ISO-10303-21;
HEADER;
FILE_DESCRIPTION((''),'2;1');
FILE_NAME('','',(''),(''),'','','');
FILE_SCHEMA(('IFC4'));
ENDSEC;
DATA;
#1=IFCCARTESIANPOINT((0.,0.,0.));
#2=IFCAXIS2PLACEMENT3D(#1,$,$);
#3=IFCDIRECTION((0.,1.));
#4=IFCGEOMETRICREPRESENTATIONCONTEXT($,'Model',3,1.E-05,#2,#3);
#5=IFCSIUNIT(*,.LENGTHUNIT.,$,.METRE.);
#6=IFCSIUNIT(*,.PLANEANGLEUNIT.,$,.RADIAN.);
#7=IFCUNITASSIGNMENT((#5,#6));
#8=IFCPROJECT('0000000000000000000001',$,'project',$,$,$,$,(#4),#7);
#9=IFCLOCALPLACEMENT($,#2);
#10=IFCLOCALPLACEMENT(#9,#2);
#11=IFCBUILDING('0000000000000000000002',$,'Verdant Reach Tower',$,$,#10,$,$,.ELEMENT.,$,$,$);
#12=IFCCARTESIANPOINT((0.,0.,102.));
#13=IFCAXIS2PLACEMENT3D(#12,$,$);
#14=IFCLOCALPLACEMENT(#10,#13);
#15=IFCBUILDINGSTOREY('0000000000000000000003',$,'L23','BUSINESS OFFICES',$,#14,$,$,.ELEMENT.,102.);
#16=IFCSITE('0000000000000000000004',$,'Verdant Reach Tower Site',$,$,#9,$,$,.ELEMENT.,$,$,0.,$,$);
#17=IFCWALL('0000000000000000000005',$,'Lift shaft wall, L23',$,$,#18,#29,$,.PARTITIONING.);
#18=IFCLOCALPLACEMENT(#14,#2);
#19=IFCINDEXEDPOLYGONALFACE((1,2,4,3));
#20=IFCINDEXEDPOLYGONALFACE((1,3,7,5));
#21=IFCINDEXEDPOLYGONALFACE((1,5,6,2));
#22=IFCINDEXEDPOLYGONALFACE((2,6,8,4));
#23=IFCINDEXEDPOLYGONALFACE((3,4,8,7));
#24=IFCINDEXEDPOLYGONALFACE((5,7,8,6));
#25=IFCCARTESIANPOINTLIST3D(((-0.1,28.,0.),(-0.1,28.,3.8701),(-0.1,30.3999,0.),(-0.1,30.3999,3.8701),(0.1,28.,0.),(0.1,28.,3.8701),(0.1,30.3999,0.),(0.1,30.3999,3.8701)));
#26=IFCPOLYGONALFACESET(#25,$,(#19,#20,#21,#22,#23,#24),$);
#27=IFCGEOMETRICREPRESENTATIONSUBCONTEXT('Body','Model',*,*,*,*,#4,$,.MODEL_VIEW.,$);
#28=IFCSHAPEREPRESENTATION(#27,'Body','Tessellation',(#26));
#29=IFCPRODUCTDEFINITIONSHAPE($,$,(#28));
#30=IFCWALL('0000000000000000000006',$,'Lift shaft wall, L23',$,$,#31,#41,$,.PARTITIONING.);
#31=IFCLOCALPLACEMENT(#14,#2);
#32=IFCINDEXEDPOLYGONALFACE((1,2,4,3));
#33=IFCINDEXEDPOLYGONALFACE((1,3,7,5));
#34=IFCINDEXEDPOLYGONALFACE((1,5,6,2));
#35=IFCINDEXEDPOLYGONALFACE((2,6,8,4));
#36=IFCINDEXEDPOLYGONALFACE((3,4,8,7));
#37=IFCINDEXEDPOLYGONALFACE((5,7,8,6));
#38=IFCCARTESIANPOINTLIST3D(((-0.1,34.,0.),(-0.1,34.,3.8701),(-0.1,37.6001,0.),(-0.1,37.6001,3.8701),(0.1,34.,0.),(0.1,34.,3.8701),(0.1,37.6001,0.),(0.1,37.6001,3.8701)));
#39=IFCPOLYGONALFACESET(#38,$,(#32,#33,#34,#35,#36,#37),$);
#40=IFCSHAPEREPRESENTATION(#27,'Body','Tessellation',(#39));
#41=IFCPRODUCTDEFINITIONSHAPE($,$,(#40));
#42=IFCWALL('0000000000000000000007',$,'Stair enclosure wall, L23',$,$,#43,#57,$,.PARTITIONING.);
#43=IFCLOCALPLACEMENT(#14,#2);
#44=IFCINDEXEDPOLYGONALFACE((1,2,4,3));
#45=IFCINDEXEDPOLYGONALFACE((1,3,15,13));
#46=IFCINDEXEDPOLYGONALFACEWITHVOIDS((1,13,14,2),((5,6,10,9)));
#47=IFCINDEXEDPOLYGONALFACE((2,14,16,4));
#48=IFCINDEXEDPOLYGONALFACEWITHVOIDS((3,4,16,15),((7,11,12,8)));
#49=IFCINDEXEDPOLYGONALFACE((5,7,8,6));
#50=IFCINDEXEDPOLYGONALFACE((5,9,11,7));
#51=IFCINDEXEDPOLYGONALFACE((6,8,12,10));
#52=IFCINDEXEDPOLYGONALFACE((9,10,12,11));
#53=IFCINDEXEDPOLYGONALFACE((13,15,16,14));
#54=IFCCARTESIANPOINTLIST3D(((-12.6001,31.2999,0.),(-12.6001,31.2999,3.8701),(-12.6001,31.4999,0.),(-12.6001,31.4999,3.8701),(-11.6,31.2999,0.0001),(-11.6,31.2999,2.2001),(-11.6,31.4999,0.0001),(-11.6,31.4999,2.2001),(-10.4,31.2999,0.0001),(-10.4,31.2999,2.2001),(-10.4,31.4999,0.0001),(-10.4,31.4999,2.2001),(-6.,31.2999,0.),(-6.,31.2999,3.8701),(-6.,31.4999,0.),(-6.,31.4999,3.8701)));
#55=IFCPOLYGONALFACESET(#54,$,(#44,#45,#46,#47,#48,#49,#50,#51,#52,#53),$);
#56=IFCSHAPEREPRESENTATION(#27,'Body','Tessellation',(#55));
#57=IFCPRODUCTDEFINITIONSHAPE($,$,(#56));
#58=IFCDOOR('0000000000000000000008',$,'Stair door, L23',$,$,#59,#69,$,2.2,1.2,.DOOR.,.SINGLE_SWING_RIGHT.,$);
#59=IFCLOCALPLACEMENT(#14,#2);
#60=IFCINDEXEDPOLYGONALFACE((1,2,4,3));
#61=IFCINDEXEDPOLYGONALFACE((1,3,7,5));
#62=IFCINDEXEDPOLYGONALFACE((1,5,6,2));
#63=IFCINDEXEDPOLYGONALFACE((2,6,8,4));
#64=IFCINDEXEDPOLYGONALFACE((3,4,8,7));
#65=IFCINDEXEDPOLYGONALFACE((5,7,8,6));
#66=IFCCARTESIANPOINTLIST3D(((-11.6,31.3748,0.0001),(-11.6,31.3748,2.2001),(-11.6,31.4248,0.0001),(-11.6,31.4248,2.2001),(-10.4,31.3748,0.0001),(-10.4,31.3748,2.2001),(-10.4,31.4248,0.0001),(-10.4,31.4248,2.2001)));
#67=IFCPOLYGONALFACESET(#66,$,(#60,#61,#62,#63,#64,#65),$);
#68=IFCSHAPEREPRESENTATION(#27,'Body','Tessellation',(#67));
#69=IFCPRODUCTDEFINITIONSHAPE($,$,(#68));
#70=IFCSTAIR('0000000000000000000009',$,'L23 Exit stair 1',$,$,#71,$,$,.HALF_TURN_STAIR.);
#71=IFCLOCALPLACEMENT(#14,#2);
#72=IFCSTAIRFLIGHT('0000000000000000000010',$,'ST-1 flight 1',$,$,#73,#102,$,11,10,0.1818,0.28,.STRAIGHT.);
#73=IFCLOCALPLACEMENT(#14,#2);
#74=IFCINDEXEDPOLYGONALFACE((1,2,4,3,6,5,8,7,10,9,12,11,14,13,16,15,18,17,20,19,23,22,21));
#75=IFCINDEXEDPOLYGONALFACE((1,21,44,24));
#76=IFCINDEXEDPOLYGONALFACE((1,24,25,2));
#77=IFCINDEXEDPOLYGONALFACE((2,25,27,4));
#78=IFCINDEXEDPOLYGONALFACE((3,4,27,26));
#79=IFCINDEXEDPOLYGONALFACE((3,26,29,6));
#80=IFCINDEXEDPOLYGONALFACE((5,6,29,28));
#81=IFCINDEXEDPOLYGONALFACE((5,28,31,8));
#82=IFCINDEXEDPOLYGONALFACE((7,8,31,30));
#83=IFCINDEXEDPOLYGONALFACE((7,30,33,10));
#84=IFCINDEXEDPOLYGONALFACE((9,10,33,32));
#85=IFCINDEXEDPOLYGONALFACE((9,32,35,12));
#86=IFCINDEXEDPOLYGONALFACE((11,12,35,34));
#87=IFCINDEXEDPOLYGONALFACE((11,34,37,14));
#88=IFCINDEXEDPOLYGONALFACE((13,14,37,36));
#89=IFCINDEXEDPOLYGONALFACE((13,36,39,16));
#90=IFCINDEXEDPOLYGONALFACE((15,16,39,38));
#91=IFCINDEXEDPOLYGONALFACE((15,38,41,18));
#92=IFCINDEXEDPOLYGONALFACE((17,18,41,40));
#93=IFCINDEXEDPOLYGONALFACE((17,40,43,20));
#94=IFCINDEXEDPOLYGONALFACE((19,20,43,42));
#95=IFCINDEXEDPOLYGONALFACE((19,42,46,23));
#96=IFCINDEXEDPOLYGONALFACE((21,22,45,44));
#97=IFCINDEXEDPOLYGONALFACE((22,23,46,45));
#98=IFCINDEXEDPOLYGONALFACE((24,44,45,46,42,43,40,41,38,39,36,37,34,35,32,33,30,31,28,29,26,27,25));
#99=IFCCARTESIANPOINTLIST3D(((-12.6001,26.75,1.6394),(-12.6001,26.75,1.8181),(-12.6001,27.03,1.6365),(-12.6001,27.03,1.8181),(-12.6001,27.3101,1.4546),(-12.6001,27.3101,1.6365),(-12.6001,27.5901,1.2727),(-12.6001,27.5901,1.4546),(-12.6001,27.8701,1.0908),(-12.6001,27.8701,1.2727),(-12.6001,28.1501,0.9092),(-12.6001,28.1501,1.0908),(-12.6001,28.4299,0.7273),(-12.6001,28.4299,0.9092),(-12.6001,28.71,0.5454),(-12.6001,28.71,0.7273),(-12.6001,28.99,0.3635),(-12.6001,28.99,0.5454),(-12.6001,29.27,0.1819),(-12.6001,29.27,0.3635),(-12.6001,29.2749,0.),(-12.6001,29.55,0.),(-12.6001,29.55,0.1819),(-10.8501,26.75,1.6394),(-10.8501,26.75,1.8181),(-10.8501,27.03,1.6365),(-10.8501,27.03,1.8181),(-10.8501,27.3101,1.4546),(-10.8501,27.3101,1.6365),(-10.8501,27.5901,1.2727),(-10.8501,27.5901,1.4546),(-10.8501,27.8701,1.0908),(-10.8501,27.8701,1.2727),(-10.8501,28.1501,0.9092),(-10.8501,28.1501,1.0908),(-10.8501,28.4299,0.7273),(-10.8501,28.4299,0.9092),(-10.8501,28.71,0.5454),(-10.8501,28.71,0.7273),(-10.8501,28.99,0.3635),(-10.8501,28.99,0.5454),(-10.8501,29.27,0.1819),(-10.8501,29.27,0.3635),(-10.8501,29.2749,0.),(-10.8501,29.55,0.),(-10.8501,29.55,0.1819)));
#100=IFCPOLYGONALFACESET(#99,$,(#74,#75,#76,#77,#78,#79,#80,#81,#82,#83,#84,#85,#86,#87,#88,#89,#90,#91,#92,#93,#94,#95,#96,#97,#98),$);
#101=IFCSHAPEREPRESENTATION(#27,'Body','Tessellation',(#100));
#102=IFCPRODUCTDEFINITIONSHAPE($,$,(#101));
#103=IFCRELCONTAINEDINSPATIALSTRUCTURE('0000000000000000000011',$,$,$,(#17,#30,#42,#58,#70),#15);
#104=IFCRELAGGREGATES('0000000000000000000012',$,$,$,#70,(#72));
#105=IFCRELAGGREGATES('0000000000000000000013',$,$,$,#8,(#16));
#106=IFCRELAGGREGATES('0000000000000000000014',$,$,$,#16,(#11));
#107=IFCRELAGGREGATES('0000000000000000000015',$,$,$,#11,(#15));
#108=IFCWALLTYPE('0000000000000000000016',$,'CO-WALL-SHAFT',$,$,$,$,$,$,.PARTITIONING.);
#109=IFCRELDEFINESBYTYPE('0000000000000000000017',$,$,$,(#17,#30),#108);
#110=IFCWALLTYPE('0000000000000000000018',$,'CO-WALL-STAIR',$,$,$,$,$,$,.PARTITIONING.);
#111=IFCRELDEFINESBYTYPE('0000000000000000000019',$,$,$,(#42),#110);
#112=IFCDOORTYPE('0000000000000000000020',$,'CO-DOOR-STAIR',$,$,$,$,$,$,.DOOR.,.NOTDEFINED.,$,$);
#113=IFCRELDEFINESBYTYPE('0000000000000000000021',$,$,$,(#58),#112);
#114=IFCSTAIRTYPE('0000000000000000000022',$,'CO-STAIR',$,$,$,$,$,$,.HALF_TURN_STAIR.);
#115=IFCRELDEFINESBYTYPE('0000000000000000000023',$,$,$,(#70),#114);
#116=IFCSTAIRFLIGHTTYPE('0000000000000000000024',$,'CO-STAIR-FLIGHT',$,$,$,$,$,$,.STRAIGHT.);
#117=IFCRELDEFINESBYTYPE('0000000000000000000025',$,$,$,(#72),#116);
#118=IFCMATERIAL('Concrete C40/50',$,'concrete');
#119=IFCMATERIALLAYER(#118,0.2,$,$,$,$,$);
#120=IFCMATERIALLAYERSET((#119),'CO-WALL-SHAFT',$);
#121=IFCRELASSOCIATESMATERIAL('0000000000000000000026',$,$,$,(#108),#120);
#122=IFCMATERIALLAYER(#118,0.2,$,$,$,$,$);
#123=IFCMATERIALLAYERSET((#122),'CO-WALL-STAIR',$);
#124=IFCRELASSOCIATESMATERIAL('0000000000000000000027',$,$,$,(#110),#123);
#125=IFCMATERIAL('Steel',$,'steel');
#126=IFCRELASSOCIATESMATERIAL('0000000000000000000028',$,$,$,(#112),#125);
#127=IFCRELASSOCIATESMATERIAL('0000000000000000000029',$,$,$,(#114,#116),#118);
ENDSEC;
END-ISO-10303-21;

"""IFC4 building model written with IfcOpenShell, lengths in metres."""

from ifc_helpers import new_model, si_unit, direction, frame, frame_2d, origin, place, context, subcontext, project, spatial, polyline, rectangle, outline, extrude, material, layer, layer_set, type_object, element, fill, aggregate, save


model = new_model("IFC4")

# Units and contexts
model_context = context("Model", 3, precision=1e-05, world=origin(), true_north=direction((0.0, 1.0)))
body_context = subcontext(model_context, "Body", "Model", "MODEL_VIEW")
ifc_project = project(units=[si_unit("LENGTHUNIT", "METRE"), si_unit("PLANEANGLEUNIT", "RADIAN")], contexts=[model_context])

# Site, building, storey
site_placement = place(None, origin())
site = spatial("IfcSite", under=ifc_project, at=site_placement, Name="Verdant Reach Tower Site", CompositionType="ELEMENT", RefElevation=0.0)
building_placement = place(site_placement, origin())
building = spatial("IfcBuilding", under=site, at=building_placement, Name="Verdant Reach Tower", CompositionType="ELEMENT")
storey_placement = place(building_placement, frame((0.0, 0.0, 102.0)))
storey = spatial("IfcBuildingStorey", under=building, at=storey_placement, Name="L23", Description="BUSINESS OFFICES", CompositionType="ELEMENT", Elevation=102.0)

# Shared definitions
ifc_material_1 = material(Name="Concrete C40/50", Category="concrete")
ifc_layer_1 = layer(ifc_material_1, 0.2)
ifc_layer_set_1 = layer_set([ifc_layer_1], Name="CO-WALL-SHAFT")
wall_type_1 = type_object("IfcWallType", Name="CO-WALL-SHAFT", PredefinedType="PARTITIONING", material=ifc_layer_set_1)

# Shared definitions
ifc_material_2 = material(Name="Steel", Category="steel")

# Walls
wall_1_placement = place(storey_placement, frame((0.0, 28.0, 0.0), z_axis=(0.0, 0.0, 1.0), x_axis=(0.0, 1.0, 0.0)))
element("IfcWall", 1, at=wall_1_placement, inside=storey, type_object=wall_type_1, Name="Lift shaft wall, L23", PredefinedType="PARTITIONING", context=body_context, shape_type="SweptSolid", body=[
    extrude(rectangle(XDim=2.3999, YDim=0.2, at=frame_2d((1.2, 0.0))), origin(), (0.0, 0.0, 1.0), 3.8701),
])
wall_2_placement = place(storey_placement, frame((0.0, 34.0, 0.0), z_axis=(0.0, 0.0, 1.0), x_axis=(0.0, 1.0, 0.0)))
element("IfcWall", 2, at=wall_2_placement, inside=storey, type_object=wall_type_1, Name="Lift shaft wall, L23", PredefinedType="PARTITIONING", context=body_context, shape_type="SweptSolid", body=[
    extrude(rectangle(XDim=3.6001, YDim=0.2, at=frame_2d((1.8, 0.0))), origin(), (0.0, 0.0, 1.0), 3.8701),
])

# Wall, opening, door
ifc_layer_2 = layer(ifc_material_1, 0.2)
ifc_layer_set_2 = layer_set([ifc_layer_2], Name="CO-WALL-STAIR")
wall_type_2 = type_object("IfcWallType", Name="CO-WALL-STAIR", PredefinedType="PARTITIONING", material=ifc_layer_set_2)
wall_3_placement = place(storey_placement, frame((-12.6001, 31.3999, 0.0), z_axis=(0.0, 0.0, 1.0), x_axis=(1.0, 0.0, 0.0)))
wall_3 = element("IfcWall", 3, at=wall_3_placement, inside=storey, type_object=wall_type_2, Name="Stair enclosure wall, L23", PredefinedType="PARTITIONING", context=body_context, shape_type="SweptSolid", body=[
    extrude(rectangle(XDim=6.6001, YDim=0.2, at=frame_2d((3.3, 0.0))), origin(), (0.0, 0.0, 1.0), 3.8701),
])
opening_1_placement = place(wall_3_placement, frame((1.0, 0.0, 0.0)))
opening_1 = element("IfcOpeningElement", 4, at=opening_1_placement, cuts=wall_3, PredefinedType="OPENING", context=body_context, shape_type="SweptSolid", body=[
    extrude(rectangle(XDim=1.2, YDim=2.2, at=frame_2d((0.6001, 1.1001))), frame((0.0, 0.1099, 0.0), z_axis=(0.0, -1.0, 0.0), x_axis=(1.0, 0.0, 0.0)), (0.0, 0.0, 1.0), 0.22),
])
door_type_1 = type_object("IfcDoorType", Name="CO-DOOR-STAIR", OperationType="NOTDEFINED", PredefinedType="DOOR", material=ifc_material_2)
door_1_placement = place(opening_1_placement, origin())
door_1 = element("IfcDoor", 5, at=door_1_placement, inside=storey, type_object=door_type_1, Name="Stair door, L23", OperationType="SINGLE_SWING_RIGHT", OverallHeight=2.2, OverallWidth=1.2, PredefinedType="DOOR", context=body_context, shape_type="SweptSolid", body=[
    extrude(rectangle(XDim=1.2, YDim=2.2, at=frame_2d((0.6001, 1.1001))), frame((0.0, 0.0249, 0.0), z_axis=(0.0, -1.0, 0.0), x_axis=(1.0, 0.0, 0.0)), (0.0, 0.0, 1.0), 0.05),
])
fill(opening_1, door_1)

# Stair, stair flight
stair_type = type_object("IfcStairType", Name="CO-STAIR", PredefinedType="HALF_TURN_STAIR", material=ifc_material_1)
stair_placement = place(storey_placement, origin())
stair = element("IfcStair", 6, at=stair_placement, inside=storey, type_object=stair_type, Name="L23 Exit stair 1", PredefinedType="HALF_TURN_STAIR")
stair_flight_type = type_object("IfcStairFlightType", Name="CO-STAIR-FLIGHT", PredefinedType="STRAIGHT", material=ifc_material_1)
stair_flight_placement = place(storey_placement, frame((-11.7251, 29.55, 0.0), z_axis=(0.0, 0.0, 1.0), x_axis=(0.0, -1.0, 0.0)))
stair_flight = element("IfcStairFlight", 7, at=stair_flight_placement, type_object=stair_flight_type, Name="ST-1 flight 1", NumberOfRisers=11, NumberOfTreads=10, PredefinedType="STRAIGHT", RiserHeight=0.1818, TreadLength=0.28, context=body_context, shape_type="SweptSolid", body=[
    extrude(outline(polyline([(0.0, 0.0), (0.0, 0.1819), (0.28, 0.1819), (0.28, 0.3635), (0.5601, 0.3635), (0.5601, 0.5454), (0.8401, 0.5454), (0.8401, 0.7273), (1.1201, 0.7273), (1.1201, 0.9092), (1.3999, 0.9092), (1.3999, 1.0908), (1.6799, 1.0908), (1.6799, 1.2727), (1.96, 1.2727), (1.96, 1.4546), (2.24, 1.4546), (2.24, 1.6365), (2.52, 1.6365), (2.52, 1.8181), (2.8, 1.8181), (2.8, 2.0), (2.8, 1.6394), (0.2751, 0.0), (0.0, 0.0)])), frame((0.0, 0.875, 0.0), z_axis=(0.0, -1.0, 0.0), x_axis=(1.0, 0.0, 0.0)), (0.0, 0.0, 1.0), 1.75),
])
aggregate(stair, [stair_flight])

save(model, "model.ifc")
